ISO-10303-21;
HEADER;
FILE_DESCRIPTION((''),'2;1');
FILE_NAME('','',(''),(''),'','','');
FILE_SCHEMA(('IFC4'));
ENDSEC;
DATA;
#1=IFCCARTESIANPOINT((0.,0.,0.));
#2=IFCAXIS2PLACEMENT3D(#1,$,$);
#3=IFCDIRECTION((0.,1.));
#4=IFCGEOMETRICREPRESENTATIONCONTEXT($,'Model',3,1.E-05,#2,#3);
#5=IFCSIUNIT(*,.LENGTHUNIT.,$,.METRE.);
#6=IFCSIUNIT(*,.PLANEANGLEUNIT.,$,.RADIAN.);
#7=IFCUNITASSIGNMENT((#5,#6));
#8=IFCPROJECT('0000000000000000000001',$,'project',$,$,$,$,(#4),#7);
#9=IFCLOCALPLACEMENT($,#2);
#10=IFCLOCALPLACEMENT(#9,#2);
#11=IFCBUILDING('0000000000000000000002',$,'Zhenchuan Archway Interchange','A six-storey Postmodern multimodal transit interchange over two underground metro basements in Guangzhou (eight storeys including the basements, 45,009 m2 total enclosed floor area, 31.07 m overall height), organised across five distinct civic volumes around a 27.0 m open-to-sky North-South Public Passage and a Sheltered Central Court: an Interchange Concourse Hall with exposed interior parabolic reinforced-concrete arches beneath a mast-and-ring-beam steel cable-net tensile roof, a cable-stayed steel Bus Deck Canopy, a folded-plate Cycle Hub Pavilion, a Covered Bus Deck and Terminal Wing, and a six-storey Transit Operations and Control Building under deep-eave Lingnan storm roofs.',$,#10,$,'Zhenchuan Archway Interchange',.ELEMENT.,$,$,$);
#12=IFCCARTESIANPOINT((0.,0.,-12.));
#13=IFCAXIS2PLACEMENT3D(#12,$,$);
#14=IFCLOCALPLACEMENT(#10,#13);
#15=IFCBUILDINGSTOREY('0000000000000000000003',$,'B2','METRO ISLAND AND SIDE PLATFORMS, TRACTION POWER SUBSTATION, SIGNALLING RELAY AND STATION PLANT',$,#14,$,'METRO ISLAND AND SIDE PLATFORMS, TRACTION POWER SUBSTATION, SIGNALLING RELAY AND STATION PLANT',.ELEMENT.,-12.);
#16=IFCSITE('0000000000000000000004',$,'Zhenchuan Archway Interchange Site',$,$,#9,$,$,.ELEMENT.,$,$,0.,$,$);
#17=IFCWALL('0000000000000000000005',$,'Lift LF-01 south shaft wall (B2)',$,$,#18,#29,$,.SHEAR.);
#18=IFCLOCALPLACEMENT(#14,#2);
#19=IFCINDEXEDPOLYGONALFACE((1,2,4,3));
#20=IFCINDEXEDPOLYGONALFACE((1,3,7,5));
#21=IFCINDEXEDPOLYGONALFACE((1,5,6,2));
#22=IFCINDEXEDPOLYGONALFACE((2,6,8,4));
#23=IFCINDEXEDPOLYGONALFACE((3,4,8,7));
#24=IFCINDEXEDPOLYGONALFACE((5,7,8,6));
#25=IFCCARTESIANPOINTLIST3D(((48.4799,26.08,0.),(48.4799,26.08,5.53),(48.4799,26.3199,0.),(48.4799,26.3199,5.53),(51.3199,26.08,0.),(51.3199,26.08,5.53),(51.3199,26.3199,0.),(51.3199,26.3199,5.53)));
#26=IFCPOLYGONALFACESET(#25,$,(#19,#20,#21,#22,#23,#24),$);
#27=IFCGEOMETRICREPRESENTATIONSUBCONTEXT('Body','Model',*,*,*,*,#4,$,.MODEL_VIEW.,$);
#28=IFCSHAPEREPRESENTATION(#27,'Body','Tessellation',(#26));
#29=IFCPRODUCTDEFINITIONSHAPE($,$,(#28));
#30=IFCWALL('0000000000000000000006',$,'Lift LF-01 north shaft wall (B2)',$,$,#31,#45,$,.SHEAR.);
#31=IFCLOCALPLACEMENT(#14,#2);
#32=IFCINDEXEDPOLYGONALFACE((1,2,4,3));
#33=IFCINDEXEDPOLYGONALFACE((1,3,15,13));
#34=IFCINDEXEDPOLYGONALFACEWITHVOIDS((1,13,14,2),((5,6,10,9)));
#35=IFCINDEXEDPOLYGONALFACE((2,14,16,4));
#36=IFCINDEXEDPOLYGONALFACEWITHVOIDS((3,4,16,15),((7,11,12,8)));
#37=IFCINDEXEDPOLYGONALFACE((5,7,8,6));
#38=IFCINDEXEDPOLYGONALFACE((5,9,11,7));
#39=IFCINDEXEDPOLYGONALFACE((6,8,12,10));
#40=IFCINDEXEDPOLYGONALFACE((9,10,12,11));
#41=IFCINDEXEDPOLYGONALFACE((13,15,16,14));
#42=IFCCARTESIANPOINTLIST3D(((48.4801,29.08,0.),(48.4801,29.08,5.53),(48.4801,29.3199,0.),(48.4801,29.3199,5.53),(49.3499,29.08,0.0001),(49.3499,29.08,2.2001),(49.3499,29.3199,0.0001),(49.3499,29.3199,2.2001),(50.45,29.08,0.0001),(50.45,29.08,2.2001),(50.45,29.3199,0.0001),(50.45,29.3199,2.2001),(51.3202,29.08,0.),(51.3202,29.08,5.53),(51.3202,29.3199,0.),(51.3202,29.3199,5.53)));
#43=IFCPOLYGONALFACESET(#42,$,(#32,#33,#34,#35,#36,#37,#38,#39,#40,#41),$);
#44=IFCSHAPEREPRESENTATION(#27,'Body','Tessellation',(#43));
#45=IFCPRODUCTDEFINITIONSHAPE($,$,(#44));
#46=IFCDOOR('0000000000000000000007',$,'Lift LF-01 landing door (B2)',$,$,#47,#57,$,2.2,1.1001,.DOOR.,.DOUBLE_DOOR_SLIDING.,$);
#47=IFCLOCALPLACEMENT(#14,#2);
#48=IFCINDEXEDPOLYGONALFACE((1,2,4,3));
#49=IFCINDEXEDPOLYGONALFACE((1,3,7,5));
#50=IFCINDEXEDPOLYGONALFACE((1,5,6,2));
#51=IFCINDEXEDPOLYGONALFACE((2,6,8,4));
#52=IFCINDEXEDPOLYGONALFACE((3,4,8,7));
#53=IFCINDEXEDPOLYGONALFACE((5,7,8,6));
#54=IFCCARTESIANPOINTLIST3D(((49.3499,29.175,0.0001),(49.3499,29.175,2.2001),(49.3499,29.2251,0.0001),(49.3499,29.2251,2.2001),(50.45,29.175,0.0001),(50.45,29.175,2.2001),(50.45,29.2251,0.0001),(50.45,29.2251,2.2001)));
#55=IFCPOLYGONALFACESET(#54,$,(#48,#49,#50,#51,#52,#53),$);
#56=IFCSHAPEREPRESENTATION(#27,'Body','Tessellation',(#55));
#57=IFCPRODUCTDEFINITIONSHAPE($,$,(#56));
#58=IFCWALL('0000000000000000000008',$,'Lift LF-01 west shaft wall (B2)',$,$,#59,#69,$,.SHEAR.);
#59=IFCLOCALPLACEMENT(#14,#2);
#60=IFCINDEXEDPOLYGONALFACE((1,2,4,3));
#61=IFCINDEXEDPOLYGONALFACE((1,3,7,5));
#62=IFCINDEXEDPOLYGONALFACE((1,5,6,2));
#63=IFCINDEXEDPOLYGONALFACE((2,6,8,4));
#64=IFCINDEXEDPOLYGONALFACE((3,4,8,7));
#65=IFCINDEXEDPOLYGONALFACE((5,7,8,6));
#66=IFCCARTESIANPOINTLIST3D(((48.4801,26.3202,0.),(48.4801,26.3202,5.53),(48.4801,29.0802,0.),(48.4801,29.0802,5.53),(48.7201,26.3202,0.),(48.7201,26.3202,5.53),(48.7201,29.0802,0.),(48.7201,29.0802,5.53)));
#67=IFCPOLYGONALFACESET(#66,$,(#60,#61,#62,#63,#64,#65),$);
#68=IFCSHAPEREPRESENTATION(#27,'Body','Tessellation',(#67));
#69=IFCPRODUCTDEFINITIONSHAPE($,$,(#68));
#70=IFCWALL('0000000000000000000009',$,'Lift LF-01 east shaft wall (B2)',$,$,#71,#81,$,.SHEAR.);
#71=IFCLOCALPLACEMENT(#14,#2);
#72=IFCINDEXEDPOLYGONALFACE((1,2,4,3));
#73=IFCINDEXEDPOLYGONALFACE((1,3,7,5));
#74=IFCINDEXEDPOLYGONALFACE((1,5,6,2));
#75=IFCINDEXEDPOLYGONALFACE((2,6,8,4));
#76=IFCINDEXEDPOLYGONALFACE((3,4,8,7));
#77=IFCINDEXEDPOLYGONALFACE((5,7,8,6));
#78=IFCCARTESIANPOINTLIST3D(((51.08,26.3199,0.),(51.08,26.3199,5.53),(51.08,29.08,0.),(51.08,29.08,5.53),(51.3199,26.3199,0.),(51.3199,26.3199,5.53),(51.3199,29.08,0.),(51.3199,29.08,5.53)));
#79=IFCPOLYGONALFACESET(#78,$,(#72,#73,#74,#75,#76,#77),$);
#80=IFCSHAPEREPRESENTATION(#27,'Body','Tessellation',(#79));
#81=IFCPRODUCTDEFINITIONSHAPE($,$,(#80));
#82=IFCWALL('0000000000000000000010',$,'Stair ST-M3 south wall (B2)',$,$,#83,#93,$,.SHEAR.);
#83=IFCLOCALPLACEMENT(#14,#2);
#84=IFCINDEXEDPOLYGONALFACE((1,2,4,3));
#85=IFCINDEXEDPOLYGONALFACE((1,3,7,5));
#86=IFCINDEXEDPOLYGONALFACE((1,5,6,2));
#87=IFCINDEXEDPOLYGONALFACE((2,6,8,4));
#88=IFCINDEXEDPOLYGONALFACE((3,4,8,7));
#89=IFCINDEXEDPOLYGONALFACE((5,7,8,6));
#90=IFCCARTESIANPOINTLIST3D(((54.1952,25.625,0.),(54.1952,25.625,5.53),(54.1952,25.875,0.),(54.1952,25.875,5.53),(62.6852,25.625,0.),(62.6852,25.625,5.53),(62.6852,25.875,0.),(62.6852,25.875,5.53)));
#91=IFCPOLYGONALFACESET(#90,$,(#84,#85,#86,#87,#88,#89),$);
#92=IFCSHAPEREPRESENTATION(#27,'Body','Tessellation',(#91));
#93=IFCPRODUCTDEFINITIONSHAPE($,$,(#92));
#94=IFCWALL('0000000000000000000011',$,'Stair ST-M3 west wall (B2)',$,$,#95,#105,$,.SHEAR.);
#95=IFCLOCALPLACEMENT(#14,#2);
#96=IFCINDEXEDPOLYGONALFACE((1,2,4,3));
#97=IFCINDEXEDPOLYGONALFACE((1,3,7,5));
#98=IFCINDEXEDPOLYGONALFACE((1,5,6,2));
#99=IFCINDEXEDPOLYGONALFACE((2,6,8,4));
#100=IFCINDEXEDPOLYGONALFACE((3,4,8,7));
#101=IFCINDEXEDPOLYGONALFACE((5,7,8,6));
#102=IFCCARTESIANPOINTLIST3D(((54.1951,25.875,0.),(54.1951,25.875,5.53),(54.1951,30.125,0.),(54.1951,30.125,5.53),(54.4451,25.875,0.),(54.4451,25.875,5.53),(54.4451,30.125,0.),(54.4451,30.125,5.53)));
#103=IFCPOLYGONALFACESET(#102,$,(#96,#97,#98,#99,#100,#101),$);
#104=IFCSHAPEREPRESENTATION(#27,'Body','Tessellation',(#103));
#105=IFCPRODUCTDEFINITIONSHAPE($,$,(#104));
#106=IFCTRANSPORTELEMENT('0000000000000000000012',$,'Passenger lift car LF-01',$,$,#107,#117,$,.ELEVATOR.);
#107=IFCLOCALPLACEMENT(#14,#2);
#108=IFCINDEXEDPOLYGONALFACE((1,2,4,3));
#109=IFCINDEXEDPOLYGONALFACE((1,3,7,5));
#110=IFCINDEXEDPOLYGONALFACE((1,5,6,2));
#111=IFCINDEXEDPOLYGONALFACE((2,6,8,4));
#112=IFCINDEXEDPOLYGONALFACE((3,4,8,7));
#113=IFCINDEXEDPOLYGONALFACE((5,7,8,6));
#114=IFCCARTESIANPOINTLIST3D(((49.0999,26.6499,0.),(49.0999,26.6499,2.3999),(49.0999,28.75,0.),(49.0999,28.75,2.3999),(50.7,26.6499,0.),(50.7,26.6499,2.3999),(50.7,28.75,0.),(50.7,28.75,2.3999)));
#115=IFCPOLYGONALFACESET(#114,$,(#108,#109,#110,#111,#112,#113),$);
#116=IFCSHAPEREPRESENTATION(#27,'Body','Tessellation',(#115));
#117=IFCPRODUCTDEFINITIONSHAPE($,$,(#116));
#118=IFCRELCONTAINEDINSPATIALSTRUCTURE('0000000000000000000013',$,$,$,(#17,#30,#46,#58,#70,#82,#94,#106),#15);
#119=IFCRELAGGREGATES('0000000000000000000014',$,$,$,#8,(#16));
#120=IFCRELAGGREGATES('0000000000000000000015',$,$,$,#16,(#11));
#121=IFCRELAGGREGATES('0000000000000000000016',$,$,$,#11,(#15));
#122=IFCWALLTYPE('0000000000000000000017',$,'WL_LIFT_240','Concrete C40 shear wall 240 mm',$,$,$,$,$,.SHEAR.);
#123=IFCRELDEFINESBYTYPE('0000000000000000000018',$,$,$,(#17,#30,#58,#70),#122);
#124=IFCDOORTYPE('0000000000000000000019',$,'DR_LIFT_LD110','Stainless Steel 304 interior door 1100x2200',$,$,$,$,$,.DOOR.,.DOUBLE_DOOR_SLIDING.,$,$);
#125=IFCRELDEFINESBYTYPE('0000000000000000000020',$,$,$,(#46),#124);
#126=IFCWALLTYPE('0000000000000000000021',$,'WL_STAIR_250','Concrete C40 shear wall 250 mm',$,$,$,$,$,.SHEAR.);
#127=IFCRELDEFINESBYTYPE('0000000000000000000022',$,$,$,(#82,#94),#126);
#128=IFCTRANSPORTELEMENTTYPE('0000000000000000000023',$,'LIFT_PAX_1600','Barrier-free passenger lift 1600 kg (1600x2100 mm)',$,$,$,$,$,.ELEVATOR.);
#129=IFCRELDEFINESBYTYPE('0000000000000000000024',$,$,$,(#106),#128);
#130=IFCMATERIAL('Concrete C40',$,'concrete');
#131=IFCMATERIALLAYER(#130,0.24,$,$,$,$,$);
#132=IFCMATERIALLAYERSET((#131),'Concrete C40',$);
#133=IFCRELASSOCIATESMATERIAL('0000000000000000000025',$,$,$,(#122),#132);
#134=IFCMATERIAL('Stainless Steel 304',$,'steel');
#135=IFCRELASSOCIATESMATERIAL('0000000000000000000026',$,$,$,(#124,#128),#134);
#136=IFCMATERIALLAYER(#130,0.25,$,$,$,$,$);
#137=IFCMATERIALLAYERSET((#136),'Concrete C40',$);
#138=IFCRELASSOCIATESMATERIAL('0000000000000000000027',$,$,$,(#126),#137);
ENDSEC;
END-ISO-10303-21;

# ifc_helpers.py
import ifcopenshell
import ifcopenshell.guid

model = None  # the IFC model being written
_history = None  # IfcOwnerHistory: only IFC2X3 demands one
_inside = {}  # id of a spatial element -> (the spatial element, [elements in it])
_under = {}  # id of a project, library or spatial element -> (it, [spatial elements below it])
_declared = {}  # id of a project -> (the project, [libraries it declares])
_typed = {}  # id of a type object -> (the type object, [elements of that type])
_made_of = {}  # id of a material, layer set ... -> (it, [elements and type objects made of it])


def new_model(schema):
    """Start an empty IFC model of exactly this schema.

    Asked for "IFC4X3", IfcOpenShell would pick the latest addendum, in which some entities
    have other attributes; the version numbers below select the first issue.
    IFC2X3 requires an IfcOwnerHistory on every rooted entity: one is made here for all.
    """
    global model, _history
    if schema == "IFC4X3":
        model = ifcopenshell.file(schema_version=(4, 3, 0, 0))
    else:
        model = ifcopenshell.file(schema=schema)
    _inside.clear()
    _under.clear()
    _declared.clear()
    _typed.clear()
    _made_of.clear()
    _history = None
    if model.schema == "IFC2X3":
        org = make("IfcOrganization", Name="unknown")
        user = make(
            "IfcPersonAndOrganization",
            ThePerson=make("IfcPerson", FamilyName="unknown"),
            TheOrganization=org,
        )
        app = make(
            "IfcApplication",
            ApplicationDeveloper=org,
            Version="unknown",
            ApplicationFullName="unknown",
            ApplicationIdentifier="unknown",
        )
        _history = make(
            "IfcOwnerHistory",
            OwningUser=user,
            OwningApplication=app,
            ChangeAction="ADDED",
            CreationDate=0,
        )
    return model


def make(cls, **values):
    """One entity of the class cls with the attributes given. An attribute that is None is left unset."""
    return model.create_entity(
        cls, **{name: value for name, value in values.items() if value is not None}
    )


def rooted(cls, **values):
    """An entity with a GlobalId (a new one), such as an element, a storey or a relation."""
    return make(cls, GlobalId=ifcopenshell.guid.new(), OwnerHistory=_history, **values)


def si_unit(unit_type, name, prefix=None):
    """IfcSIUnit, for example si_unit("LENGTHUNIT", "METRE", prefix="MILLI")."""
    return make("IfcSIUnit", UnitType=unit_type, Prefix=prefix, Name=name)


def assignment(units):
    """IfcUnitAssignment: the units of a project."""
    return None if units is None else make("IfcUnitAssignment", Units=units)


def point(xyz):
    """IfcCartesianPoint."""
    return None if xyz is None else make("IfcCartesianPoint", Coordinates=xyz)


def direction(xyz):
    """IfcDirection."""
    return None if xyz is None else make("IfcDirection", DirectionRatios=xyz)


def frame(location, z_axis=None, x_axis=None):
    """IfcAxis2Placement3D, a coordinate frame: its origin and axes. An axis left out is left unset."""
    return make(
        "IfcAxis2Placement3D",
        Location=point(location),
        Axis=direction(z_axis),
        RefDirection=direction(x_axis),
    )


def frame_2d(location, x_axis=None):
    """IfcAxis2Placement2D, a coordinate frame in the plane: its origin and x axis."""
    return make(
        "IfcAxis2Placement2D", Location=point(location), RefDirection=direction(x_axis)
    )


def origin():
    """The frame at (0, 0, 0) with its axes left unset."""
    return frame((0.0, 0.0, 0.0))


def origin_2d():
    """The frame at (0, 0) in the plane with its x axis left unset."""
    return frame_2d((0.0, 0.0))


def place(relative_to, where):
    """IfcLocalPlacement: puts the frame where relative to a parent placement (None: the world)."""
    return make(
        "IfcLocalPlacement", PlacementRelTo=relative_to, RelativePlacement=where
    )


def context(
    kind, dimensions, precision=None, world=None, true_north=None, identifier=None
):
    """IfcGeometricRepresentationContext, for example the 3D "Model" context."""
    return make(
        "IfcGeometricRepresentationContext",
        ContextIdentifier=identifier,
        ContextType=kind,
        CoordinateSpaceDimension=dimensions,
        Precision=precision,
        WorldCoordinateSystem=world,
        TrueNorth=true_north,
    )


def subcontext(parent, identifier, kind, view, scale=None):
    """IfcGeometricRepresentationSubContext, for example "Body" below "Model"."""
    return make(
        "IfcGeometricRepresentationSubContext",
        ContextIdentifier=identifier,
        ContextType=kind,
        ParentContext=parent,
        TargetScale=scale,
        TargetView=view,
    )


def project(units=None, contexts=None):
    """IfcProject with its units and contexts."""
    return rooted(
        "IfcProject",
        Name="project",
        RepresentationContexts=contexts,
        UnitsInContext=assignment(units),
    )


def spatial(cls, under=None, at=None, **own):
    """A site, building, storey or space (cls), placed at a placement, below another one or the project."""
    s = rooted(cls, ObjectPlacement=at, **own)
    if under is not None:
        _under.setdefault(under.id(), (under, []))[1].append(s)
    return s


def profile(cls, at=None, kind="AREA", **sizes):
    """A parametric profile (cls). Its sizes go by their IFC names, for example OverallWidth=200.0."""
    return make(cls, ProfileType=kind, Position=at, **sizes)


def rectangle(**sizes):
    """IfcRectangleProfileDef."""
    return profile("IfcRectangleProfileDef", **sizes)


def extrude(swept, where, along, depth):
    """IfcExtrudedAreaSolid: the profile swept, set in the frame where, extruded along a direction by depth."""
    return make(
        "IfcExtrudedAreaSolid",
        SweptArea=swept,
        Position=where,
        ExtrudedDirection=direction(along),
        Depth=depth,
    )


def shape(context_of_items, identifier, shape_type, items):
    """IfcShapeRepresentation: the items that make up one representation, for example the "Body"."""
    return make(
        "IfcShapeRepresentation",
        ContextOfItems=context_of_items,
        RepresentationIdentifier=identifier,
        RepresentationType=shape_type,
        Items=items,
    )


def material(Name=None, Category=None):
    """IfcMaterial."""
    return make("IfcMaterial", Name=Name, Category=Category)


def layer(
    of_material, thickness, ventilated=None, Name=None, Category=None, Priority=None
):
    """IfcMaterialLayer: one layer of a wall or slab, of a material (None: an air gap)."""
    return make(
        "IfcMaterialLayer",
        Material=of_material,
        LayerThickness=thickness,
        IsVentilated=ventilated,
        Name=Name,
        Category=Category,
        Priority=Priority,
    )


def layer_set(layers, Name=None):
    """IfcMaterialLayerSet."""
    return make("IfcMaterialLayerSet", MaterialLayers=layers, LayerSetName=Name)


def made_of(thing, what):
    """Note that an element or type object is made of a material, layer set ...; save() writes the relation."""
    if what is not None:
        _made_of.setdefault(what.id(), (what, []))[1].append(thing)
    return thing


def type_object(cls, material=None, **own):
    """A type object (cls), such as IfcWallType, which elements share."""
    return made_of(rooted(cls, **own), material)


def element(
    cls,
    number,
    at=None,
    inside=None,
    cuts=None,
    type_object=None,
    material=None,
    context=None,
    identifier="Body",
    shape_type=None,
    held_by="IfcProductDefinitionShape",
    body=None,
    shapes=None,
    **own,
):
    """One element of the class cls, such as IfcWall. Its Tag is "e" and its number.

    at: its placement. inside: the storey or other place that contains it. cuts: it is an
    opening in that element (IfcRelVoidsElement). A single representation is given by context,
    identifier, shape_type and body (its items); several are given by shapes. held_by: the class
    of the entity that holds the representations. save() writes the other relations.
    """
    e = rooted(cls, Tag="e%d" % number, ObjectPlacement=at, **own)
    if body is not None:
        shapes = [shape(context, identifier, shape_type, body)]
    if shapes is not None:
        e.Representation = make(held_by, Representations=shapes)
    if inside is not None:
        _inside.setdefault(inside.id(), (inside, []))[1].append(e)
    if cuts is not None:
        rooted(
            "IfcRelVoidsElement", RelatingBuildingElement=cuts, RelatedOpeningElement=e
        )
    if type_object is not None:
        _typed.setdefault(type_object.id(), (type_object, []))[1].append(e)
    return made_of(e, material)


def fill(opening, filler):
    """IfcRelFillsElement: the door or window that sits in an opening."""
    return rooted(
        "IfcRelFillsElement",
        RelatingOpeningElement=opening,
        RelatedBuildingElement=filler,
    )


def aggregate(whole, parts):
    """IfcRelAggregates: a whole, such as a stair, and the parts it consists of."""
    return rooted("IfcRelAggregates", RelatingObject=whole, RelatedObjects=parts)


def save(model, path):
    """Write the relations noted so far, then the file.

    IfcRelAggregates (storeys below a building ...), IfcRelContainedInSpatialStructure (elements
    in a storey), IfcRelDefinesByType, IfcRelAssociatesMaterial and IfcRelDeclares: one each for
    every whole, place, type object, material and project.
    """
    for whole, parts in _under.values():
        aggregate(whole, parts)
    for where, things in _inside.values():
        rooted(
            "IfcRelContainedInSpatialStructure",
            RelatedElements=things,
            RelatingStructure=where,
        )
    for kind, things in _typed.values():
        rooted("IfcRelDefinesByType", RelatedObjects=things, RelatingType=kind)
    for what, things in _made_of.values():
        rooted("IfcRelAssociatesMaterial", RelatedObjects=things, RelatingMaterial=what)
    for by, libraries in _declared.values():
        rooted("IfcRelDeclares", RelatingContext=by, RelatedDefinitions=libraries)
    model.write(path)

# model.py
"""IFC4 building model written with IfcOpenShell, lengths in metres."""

from ifc_helpers import new_model, si_unit, direction, frame, frame_2d, origin, origin_2d, place, context, subcontext, project, spatial, rectangle, extrude, material, layer, layer_set, type_object, element, fill, save


model = new_model("IFC4")

# Units and contexts
model_context = context("Model", 3, precision=1e-05, world=origin(), true_north=direction((0.0, 1.0)))
body_context = subcontext(model_context, "Body", "Model", "MODEL_VIEW")
ifc_project = project(units=[si_unit("LENGTHUNIT", "METRE"), si_unit("PLANEANGLEUNIT", "RADIAN")], contexts=[model_context])

# Site, building, storey
site_placement = place(None, origin())
site = spatial("IfcSite", under=ifc_project, at=site_placement, Name="Zhenchuan Archway Interchange Site", CompositionType="ELEMENT", RefElevation=0.0)
building_placement = place(site_placement, origin())
building = spatial("IfcBuilding", under=site, at=building_placement, Name="Zhenchuan Archway Interchange", Description="A six-storey Postmodern multimodal transit interchange over two underground metro basements in Guangzhou (eight storeys including the basements, 45,009 m2 total enclosed floor area, 31.07 m overall height), organised across five distinct civic volumes around a 27.0 m open-to-sky North-South Public Passage and a Sheltered Central Court: an Interchange Concourse Hall with exposed interior parabolic reinforced-concrete arches beneath a mast-and-ring-beam steel cable-net tensile roof, a cable-stayed steel Bus Deck Canopy, a folded-plate Cycle Hub Pavilion, a Covered Bus Deck and Terminal Wing, and a six-storey Transit Operations and Control Building under deep-eave Lingnan storm roofs.", LongName="Zhenchuan Archway Interchange", CompositionType="ELEMENT")
storey_placement = place(building_placement, frame((0.0, 0.0, -12.0)))
storey = spatial("IfcBuildingStorey", under=building, at=storey_placement, Name="B2", Description="METRO ISLAND AND SIDE PLATFORMS, TRACTION POWER SUBSTATION, SIGNALLING RELAY AND STATION PLANT", LongName="METRO ISLAND AND SIDE PLATFORMS, TRACTION POWER SUBSTATION, SIGNALLING RELAY AND STATION PLANT", CompositionType="ELEMENT", Elevation=-12.0)

# Shared definitions
ifc_material_1 = material(Name="Concrete C40", Category="concrete")

# Wall
ifc_layer_1 = layer(ifc_material_1, 0.24)
ifc_layer_set_1 = layer_set([ifc_layer_1], Name="Concrete C40")
wall_type_1 = type_object("IfcWallType", Name="WL_LIFT_240", Description="Concrete C40 shear wall 240 mm", PredefinedType="SHEAR", material=ifc_layer_set_1)
wall_1_placement = place(storey_placement, frame((48.48, 26.2, 0.0), z_axis=(0.0, 0.0, 1.0), x_axis=(1.0, 0.0, 0.0)))
element("IfcWall", 1, at=wall_1_placement, inside=storey, type_object=wall_type_1, Name="Lift LF-01 south shaft wall (B2)", PredefinedType="SHEAR", context=body_context, shape_type="SweptSolid", body=[
    extrude(rectangle(XDim=2.8401, YDim=0.24, at=frame_2d((1.4199, 0.0))), origin(), (0.0, 0.0, 1.0), 5.53),
])

# Wall, opening, door
wall_2_placement = place(storey_placement, frame((51.3201, 29.2, 0.0), z_axis=(0.0, 0.0, 1.0), x_axis=(-1.0, 0.0, 0.0)))
wall_2 = element("IfcWall", 2, at=wall_2_placement, inside=storey, type_object=wall_type_1, Name="Lift LF-01 north shaft wall (B2)", PredefinedType="SHEAR", context=body_context, shape_type="SweptSolid", body=[
    extrude(rectangle(XDim=2.8401, YDim=0.24, at=frame_2d((1.4199, 0.0))), origin(), (0.0, 0.0, 1.0), 5.53),
])
opening_placement = place(wall_2_placement, frame((0.8701, 0.0, 0.0)))
opening = element("IfcOpeningElement", 3, at=opening_placement, cuts=wall_2, PredefinedType="OPENING", context=body_context, shape_type="SweptSolid", body=[
    extrude(rectangle(XDim=1.1001, YDim=2.2, at=frame_2d((0.55, 1.1001))), frame((0.0, 0.1318, 0.0), z_axis=(0.0, -1.0, 0.0), x_axis=(1.0, 0.0, 0.0)), (0.0, 0.0, 1.0), 0.2639),
])
ifc_material_2 = material(Name="Stainless Steel 304", Category="steel")
door_type = type_object("IfcDoorType", Name="DR_LIFT_LD110", Description="Stainless Steel 304 interior door 1100x2200", OperationType="DOUBLE_DOOR_SLIDING", PredefinedType="DOOR", material=ifc_material_2)
door_placement = place(opening_placement, origin())
door = element("IfcDoor", 4, at=door_placement, inside=storey, type_object=door_type, Name="Lift LF-01 landing door (B2)", OperationType="DOUBLE_DOOR_SLIDING", OverallHeight=2.2, OverallWidth=1.1001, PredefinedType="DOOR", context=body_context, shape_type="SweptSolid", body=[
    extrude(rectangle(XDim=1.1001, YDim=2.2, at=frame_2d((0.55, 1.1001))), frame((0.0, 0.0249, 0.0), z_axis=(0.0, -1.0, 0.0), x_axis=(1.0, 0.0, 0.0)), (0.0, 0.0, 1.0), 0.05),
])
fill(opening, door)

# Walls
for number, where, z_axis, x_axis, name in (
    (5, (48.6001, 29.0801, 0.0), (0.0, 0.0, 1.0), (0.0, -1.0, 0.0), "Lift LF-01 west shaft wall (B2)"),
    (6, (51.2, 26.3201, 0.0), (0.0, 0.0, 1.0), (0.0, 1.0, 0.0), "Lift LF-01 east shaft wall (B2)"),
):
    element("IfcWall", number, at=place(storey_placement, frame(where, z_axis=z_axis, x_axis=x_axis)), inside=storey, type_object=wall_type_1, Name=name, PredefinedType="SHEAR", context=body_context, shape_type="SweptSolid", body=[
        extrude(rectangle(XDim=2.76, YDim=0.24, at=frame_2d((1.3799, 0.0))), origin(), (0.0, 0.0, 1.0), 5.53),
    ])
ifc_layer_2 = layer(ifc_material_1, 0.25)
ifc_layer_set_2 = layer_set([ifc_layer_2], Name="Concrete C40")
wall_type_2 = type_object("IfcWallType", Name="WL_STAIR_250", Description="Concrete C40 shear wall 250 mm", PredefinedType="SHEAR", material=ifc_layer_set_2)
wall_3_placement = place(storey_placement, frame((54.1951, 25.75, 0.0), z_axis=(0.0, 0.0, 1.0), x_axis=(1.0, 0.0, 0.0)))
element("IfcWall", 7, at=wall_3_placement, inside=storey, type_object=wall_type_2, Name="Stair ST-M3 south wall (B2)", PredefinedType="SHEAR", context=body_context, shape_type="SweptSolid", body=[
    extrude(rectangle(XDim=8.49, YDim=0.25, at=frame_2d((4.2451, 0.0))), origin(), (0.0, 0.0, 1.0), 5.53),
])
wall_4_placement = place(storey_placement, frame((54.3201, 30.125, 0.0), z_axis=(0.0, 0.0, 1.0), x_axis=(0.0, -1.0, 0.0)))
element("IfcWall", 8, at=wall_4_placement, inside=storey, type_object=wall_type_2, Name="Stair ST-M3 west wall (B2)", PredefinedType="SHEAR", context=body_context, shape_type="SweptSolid", body=[
    extrude(rectangle(XDim=4.25, YDim=0.25, at=frame_2d((2.125, 0.0))), origin(), (0.0, 0.0, 1.0), 5.53),
])

# Transport element
transport_element_type = type_object("IfcTransportElementType", Name="LIFT_PAX_1600", Description="Barrier-free passenger lift 1600 kg (1600x2100 mm)", PredefinedType="ELEVATOR", material=ifc_material_2)
transport_element_placement = place(storey_placement, frame((49.8999, 27.7, 0.0), z_axis=(0.0, 0.0, 1.0), x_axis=(1.0, 0.0, 0.0)))
element("IfcTransportElement", 9, at=transport_element_placement, inside=storey, type_object=transport_element_type, Name="Passenger lift car LF-01", PredefinedType="ELEVATOR", context=body_context, shape_type="SweptSolid", body=[
    extrude(rectangle(XDim=1.6001, YDim=2.1001, at=origin_2d()), origin(), (0.0, 0.0, 1.0), 2.3999),
])

save(model, "model.ifc")
